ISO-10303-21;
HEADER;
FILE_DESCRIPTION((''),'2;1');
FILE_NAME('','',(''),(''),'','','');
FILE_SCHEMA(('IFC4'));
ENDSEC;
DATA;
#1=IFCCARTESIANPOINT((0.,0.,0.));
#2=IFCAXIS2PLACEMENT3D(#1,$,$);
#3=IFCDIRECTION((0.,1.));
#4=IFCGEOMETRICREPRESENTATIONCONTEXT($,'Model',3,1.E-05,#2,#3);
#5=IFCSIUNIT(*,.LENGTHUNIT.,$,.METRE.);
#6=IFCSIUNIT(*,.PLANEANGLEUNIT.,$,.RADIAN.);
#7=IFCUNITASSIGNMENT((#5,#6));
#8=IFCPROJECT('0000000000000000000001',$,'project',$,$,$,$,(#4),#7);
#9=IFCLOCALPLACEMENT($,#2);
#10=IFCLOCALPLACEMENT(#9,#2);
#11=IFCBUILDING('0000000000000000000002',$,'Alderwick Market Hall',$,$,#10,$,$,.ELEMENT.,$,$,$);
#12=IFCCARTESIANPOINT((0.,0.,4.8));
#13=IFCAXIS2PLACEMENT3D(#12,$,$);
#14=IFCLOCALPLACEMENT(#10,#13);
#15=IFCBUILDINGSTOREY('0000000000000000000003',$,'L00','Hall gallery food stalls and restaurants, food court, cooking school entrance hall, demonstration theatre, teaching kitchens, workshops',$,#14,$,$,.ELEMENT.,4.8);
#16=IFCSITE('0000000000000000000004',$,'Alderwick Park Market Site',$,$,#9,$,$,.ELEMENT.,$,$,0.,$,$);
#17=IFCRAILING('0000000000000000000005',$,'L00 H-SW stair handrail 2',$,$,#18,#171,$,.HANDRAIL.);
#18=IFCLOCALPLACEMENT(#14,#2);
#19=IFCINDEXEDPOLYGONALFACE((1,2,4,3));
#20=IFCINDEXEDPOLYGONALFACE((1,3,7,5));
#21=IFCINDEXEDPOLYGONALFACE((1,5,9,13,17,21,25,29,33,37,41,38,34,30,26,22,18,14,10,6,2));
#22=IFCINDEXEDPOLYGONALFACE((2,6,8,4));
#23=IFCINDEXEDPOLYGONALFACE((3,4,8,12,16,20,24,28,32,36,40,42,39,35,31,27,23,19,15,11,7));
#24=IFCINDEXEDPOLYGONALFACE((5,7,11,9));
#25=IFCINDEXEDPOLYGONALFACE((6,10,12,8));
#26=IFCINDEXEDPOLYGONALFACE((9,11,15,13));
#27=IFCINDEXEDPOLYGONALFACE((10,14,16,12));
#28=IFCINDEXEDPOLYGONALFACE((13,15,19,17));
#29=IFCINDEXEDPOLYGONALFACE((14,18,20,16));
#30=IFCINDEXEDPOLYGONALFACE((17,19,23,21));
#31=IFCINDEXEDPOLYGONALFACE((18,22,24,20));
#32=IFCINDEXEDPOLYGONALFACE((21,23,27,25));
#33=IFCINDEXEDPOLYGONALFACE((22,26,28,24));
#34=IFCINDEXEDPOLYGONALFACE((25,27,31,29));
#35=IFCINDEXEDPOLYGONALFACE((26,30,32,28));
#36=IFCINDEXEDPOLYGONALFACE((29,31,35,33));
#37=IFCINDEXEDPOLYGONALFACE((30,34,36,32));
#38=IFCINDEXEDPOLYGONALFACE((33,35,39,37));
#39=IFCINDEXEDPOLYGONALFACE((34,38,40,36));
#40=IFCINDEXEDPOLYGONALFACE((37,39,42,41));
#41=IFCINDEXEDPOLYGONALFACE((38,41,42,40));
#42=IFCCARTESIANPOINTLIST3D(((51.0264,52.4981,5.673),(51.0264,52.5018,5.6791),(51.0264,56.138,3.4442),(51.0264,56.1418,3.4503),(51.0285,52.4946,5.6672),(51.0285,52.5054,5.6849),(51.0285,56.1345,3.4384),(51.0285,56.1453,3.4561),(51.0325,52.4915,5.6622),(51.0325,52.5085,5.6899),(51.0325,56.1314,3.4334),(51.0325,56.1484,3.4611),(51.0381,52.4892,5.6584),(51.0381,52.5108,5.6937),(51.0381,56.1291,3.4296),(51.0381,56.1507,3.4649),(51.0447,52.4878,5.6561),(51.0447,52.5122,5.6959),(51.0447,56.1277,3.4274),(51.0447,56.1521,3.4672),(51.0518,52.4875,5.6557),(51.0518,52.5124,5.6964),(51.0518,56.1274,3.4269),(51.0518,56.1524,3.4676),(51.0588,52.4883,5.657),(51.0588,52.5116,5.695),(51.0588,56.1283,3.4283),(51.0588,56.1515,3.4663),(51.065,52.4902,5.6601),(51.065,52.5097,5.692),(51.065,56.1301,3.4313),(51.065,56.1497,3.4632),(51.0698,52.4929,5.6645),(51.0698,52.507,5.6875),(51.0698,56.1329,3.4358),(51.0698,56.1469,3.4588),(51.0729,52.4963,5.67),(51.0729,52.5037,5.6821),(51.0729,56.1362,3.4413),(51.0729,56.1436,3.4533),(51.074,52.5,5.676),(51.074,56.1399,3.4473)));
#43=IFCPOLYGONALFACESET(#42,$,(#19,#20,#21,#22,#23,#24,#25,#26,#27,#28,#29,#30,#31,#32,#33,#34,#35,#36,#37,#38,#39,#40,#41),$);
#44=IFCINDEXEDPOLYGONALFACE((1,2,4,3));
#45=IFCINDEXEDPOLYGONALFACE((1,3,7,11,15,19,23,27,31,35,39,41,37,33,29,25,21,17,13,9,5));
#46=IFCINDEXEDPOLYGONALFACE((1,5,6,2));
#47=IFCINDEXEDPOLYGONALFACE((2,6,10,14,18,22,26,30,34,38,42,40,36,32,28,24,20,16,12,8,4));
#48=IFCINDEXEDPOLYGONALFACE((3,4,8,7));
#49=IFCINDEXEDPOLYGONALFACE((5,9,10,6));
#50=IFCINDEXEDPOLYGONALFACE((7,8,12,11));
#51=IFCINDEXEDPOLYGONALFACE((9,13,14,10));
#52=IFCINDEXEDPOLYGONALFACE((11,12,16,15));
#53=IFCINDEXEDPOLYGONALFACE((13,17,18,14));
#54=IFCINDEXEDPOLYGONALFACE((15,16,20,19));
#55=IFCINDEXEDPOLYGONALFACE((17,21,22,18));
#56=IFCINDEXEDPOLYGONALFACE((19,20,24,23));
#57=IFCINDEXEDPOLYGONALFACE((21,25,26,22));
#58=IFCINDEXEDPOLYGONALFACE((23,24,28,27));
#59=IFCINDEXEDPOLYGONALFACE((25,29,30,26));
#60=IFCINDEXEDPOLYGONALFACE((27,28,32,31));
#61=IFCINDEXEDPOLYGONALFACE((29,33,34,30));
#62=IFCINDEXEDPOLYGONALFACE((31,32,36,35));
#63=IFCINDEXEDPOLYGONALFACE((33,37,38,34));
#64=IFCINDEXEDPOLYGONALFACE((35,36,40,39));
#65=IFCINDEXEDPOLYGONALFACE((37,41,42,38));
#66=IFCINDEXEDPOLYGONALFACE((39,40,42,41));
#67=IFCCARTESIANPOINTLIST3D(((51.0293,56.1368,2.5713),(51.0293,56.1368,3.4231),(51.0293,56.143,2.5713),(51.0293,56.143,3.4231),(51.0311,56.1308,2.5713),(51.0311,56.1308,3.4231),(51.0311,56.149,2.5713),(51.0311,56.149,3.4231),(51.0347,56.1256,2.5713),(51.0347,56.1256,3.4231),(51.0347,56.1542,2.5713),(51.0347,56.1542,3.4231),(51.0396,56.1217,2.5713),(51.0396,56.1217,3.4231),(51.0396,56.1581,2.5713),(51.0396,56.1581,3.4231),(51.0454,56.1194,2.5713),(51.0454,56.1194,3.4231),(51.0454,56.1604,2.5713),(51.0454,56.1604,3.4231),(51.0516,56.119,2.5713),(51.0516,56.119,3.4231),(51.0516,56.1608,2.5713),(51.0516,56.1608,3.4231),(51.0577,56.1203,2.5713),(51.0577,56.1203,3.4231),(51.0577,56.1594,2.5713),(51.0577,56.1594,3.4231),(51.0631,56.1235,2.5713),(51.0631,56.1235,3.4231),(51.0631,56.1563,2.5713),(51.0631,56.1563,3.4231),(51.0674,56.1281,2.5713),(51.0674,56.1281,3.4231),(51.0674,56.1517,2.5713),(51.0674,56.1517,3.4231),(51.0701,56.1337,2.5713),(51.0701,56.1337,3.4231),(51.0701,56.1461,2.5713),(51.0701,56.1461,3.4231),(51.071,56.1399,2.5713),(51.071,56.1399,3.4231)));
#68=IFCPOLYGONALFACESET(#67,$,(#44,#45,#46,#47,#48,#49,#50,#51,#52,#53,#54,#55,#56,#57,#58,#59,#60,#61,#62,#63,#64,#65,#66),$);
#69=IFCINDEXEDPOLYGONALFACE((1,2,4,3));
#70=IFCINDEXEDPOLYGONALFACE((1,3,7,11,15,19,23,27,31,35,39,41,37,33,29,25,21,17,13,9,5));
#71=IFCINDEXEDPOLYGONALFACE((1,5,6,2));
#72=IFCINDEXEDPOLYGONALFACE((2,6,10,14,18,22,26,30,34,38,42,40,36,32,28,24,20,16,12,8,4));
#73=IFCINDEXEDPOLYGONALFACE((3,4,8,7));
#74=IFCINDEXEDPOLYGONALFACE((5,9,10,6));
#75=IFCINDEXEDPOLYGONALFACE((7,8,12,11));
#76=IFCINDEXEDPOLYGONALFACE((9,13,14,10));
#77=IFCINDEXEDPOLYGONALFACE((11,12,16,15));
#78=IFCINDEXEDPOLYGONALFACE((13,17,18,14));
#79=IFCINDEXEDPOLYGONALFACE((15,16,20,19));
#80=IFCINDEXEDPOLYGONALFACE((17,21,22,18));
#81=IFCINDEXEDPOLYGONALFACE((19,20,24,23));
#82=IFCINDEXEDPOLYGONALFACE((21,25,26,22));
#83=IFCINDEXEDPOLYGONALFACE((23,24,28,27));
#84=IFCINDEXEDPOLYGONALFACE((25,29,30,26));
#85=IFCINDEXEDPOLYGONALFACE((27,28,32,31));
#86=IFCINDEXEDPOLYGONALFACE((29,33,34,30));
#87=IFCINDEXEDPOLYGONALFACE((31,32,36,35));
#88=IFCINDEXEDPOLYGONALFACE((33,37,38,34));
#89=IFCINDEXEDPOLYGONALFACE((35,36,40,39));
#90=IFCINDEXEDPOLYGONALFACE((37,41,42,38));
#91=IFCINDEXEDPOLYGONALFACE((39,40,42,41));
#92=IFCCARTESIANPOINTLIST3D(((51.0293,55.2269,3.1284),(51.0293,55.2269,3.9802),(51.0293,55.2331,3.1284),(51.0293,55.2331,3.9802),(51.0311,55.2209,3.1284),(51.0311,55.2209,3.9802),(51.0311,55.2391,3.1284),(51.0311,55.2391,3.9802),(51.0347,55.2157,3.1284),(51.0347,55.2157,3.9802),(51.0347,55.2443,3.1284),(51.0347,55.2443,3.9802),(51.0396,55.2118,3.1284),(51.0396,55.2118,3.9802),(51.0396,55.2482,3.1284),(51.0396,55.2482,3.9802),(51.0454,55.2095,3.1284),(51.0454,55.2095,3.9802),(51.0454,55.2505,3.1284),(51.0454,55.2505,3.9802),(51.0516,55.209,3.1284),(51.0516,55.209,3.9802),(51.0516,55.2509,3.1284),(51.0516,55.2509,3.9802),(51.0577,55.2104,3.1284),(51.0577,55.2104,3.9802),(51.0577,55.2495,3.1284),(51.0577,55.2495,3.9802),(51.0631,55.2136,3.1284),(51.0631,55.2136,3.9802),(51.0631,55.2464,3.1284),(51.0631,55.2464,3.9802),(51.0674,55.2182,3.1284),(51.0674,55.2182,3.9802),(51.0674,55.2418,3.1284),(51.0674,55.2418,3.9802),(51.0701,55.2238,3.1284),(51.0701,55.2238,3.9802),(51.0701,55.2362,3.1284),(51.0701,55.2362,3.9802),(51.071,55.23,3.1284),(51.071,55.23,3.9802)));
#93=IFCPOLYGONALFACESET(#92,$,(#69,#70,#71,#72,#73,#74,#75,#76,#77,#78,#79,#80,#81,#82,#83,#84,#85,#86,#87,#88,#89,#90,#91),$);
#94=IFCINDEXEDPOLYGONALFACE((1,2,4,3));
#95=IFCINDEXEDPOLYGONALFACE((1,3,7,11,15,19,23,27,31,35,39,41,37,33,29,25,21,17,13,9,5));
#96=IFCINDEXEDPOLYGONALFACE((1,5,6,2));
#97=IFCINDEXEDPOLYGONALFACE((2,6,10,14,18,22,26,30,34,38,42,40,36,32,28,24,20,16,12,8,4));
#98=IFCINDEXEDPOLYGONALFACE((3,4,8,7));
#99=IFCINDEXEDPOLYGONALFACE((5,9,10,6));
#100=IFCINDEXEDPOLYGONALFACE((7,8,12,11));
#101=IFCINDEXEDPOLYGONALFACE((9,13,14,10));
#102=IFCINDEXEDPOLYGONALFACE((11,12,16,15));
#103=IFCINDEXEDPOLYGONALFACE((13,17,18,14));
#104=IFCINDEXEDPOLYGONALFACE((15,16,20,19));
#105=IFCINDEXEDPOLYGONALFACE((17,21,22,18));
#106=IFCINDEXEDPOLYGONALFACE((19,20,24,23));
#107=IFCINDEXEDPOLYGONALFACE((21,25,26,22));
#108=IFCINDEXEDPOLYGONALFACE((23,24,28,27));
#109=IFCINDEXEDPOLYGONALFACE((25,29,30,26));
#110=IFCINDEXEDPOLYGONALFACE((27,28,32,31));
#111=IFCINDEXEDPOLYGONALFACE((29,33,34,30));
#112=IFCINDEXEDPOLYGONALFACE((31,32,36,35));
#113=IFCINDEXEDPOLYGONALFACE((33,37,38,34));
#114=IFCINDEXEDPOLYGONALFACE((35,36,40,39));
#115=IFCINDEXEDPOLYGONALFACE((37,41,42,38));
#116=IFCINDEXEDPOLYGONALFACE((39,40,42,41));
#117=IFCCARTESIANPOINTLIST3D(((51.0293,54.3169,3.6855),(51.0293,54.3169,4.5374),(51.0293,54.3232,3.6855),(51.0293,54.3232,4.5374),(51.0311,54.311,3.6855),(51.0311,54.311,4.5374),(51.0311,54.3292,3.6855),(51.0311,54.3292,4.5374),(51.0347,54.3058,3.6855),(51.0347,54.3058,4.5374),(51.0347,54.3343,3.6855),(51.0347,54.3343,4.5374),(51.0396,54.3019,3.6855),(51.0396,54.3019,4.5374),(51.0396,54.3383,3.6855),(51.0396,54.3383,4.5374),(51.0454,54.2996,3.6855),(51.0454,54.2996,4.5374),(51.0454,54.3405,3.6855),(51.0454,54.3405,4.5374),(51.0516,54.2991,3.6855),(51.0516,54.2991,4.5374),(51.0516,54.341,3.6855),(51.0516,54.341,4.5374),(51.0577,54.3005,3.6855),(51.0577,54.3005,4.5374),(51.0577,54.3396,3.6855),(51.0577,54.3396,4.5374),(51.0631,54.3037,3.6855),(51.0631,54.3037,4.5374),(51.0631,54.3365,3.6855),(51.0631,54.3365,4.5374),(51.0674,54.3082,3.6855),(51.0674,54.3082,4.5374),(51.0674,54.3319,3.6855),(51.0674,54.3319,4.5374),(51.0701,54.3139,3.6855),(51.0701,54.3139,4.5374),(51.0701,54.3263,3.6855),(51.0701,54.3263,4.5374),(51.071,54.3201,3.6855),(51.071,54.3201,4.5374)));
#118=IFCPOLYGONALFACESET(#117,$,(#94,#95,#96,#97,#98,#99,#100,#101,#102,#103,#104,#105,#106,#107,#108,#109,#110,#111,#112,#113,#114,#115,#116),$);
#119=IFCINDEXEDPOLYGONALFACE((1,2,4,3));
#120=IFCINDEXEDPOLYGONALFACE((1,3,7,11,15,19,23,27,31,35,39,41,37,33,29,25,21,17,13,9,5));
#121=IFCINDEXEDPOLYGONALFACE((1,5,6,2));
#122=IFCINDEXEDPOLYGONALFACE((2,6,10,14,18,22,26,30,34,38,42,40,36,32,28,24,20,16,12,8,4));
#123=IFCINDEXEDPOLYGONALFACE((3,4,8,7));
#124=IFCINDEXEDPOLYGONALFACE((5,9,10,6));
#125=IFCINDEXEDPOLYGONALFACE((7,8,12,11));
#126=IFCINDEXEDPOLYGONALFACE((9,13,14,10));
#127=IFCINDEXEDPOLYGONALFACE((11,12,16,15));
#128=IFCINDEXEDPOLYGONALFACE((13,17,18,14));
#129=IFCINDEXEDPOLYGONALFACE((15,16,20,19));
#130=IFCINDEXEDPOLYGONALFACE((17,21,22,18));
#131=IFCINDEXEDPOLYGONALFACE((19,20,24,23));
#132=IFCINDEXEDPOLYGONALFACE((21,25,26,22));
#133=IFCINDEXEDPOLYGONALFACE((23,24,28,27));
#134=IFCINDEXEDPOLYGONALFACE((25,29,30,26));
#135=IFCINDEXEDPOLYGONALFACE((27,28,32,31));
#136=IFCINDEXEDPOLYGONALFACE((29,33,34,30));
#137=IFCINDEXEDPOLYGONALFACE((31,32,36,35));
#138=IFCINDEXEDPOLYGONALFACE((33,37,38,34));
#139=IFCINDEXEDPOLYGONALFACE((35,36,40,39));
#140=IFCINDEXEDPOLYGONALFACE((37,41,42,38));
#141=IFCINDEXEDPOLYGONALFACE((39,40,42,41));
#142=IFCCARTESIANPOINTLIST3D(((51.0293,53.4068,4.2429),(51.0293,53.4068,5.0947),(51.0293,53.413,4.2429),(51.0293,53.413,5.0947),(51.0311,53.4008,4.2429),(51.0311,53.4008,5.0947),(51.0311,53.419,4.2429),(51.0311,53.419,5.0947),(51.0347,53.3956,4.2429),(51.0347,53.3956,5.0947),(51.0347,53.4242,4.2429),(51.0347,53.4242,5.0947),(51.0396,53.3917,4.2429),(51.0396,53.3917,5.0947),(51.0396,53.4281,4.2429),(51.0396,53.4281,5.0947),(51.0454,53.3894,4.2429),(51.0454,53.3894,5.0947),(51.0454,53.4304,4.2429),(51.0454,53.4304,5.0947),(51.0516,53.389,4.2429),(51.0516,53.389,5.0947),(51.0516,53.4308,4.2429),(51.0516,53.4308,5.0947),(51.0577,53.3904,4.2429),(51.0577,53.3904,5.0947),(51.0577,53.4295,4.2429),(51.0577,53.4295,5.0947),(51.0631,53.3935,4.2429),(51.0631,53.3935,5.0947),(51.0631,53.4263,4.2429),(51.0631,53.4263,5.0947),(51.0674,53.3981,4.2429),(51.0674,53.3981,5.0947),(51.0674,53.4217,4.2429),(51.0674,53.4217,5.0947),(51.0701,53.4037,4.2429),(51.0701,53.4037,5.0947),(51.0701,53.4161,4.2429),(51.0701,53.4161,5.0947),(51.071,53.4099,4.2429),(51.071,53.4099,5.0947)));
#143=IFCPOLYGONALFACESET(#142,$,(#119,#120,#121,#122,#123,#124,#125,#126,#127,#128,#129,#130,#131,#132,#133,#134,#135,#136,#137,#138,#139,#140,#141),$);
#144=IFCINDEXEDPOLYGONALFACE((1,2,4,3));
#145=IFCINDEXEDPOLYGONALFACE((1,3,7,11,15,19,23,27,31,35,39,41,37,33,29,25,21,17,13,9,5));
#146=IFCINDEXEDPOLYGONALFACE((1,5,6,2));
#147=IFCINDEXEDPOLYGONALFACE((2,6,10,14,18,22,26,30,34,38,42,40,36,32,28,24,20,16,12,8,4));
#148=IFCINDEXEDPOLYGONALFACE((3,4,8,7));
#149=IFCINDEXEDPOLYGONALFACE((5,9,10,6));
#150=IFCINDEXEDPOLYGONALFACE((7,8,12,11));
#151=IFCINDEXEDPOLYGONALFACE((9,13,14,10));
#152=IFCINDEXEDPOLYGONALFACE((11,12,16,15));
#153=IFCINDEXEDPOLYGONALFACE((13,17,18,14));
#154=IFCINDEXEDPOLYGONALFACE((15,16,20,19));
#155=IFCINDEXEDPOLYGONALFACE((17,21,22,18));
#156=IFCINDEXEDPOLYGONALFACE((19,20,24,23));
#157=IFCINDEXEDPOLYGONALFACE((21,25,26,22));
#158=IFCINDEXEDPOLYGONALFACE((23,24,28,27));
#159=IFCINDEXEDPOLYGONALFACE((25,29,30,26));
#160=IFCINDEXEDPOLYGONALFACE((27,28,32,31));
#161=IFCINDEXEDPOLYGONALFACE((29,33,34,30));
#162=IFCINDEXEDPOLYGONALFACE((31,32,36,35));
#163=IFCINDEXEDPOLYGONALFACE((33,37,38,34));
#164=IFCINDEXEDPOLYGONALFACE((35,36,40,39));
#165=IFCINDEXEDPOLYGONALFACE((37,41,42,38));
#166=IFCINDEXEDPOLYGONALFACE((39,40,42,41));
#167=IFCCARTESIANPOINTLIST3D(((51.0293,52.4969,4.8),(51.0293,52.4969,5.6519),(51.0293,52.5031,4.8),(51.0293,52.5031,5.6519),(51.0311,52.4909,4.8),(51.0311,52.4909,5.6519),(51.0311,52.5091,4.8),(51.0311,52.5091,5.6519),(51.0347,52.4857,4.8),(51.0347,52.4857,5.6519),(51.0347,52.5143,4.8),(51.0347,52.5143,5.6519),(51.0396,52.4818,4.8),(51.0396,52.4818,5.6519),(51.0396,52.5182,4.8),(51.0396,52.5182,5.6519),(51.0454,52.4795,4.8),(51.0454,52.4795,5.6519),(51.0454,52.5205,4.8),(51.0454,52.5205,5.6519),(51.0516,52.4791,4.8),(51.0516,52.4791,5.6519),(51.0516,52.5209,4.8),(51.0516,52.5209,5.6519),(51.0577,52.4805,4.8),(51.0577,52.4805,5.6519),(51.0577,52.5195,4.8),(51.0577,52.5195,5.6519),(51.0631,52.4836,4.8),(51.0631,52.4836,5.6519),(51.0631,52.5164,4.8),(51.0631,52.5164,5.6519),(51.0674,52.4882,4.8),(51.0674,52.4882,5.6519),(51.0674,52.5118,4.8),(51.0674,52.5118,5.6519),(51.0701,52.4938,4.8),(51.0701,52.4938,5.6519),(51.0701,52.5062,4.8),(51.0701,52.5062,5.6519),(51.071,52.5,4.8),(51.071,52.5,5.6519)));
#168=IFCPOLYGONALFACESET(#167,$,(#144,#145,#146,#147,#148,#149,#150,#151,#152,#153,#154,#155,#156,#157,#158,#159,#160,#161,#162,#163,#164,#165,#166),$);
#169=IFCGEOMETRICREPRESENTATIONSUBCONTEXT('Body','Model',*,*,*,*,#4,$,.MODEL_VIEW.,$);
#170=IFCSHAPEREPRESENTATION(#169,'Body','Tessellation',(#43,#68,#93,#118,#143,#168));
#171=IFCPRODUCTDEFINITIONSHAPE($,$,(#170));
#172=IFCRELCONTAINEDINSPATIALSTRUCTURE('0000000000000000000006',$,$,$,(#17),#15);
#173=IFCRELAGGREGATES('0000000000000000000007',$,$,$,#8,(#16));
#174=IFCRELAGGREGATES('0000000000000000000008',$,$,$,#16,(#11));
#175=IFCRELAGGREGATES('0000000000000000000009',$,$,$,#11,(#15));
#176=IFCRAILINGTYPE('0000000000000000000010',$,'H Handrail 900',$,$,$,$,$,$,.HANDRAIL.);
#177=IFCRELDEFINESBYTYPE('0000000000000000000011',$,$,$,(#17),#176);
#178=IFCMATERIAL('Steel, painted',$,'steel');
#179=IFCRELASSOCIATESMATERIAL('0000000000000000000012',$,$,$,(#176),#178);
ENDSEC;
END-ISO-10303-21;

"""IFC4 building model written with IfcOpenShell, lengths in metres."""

from ifc_helpers import new_model, si_unit, direction, frame, origin, origin_2d, place, context, subcontext, project, spatial, circle, extrude, material, type_object, element, save


model = new_model("IFC4")

# Units and contexts
model_context = context("Model", 3, precision=1e-05, world=origin(), true_north=direction((0.0, 1.0)))
body_context = subcontext(model_context, "Body", "Model", "MODEL_VIEW")
ifc_project = project(units=[si_unit("LENGTHUNIT", "METRE"), si_unit("PLANEANGLEUNIT", "RADIAN")], contexts=[model_context])

# Site, building, storey
site_placement = place(None, origin())
site = spatial("IfcSite", under=ifc_project, at=site_placement, Name="Alderwick Park Market Site", CompositionType="ELEMENT", RefElevation=0.0)
building_placement = place(site_placement, origin())
building = spatial("IfcBuilding", under=site, at=building_placement, Name="Alderwick Market Hall", CompositionType="ELEMENT")
storey_placement = place(building_placement, frame((0.0, 0.0, 4.8)))
storey = spatial("IfcBuildingStorey", under=building, at=storey_placement, Name="L00", Description="Hall gallery food stalls and restaurants, food court, cooking school entrance hall, demonstration theatre, teaching kitchens, workshops", CompositionType="ELEMENT", Elevation=4.8)

# Railing
ifc_material_1 = material(Name="Steel, painted", Category="steel")
railing_type_1 = type_object("IfcRailingType", Name="H Handrail 900", PredefinedType="HANDRAIL", material=ifc_material_1)
railing_1_placement = place(storey_placement, frame((51.05, 56.1399, 2.5713)))
element("IfcRailing", 1, at=railing_1_placement, inside=storey, type_object=railing_type_1, Name="L00 H-SW stair handrail 2", PredefinedType="HANDRAIL", context=body_context, shape_type="SweptSolid", body=[
    extrude(circle(Radius=0.0239, at=origin_2d()), frame((0.0, 0.0, 0.876), z_axis=(0.0, -0.852825, 0.522197), x_axis=(1.0, 0.0, 0.0)), (0.0, 0.0, 1.0), 4.2681),
    extrude(circle(Radius=0.021, at=origin_2d()), origin(), (0.0, 0.0, 1.0), 0.8518),
    extrude(circle(Radius=0.021, at=origin_2d()), frame((0.0, -0.9099, 0.5571)), (0.0, 0.0, 1.0), 0.8518),
    extrude(circle(Radius=0.021, at=origin_2d()), frame((0.0, -1.8198, 1.1143)), (0.0, 0.0, 1.0), 0.8518),
    extrude(circle(Radius=0.021, at=origin_2d()), frame((0.0, -2.73, 1.6716)), (0.0, 0.0, 1.0), 0.8518),
    extrude(circle(Radius=0.021, at=origin_2d()), frame((0.0, -3.6399, 2.2288)), (0.0, 0.0, 1.0), 0.8518),
])

save(model, "model.ifc")
